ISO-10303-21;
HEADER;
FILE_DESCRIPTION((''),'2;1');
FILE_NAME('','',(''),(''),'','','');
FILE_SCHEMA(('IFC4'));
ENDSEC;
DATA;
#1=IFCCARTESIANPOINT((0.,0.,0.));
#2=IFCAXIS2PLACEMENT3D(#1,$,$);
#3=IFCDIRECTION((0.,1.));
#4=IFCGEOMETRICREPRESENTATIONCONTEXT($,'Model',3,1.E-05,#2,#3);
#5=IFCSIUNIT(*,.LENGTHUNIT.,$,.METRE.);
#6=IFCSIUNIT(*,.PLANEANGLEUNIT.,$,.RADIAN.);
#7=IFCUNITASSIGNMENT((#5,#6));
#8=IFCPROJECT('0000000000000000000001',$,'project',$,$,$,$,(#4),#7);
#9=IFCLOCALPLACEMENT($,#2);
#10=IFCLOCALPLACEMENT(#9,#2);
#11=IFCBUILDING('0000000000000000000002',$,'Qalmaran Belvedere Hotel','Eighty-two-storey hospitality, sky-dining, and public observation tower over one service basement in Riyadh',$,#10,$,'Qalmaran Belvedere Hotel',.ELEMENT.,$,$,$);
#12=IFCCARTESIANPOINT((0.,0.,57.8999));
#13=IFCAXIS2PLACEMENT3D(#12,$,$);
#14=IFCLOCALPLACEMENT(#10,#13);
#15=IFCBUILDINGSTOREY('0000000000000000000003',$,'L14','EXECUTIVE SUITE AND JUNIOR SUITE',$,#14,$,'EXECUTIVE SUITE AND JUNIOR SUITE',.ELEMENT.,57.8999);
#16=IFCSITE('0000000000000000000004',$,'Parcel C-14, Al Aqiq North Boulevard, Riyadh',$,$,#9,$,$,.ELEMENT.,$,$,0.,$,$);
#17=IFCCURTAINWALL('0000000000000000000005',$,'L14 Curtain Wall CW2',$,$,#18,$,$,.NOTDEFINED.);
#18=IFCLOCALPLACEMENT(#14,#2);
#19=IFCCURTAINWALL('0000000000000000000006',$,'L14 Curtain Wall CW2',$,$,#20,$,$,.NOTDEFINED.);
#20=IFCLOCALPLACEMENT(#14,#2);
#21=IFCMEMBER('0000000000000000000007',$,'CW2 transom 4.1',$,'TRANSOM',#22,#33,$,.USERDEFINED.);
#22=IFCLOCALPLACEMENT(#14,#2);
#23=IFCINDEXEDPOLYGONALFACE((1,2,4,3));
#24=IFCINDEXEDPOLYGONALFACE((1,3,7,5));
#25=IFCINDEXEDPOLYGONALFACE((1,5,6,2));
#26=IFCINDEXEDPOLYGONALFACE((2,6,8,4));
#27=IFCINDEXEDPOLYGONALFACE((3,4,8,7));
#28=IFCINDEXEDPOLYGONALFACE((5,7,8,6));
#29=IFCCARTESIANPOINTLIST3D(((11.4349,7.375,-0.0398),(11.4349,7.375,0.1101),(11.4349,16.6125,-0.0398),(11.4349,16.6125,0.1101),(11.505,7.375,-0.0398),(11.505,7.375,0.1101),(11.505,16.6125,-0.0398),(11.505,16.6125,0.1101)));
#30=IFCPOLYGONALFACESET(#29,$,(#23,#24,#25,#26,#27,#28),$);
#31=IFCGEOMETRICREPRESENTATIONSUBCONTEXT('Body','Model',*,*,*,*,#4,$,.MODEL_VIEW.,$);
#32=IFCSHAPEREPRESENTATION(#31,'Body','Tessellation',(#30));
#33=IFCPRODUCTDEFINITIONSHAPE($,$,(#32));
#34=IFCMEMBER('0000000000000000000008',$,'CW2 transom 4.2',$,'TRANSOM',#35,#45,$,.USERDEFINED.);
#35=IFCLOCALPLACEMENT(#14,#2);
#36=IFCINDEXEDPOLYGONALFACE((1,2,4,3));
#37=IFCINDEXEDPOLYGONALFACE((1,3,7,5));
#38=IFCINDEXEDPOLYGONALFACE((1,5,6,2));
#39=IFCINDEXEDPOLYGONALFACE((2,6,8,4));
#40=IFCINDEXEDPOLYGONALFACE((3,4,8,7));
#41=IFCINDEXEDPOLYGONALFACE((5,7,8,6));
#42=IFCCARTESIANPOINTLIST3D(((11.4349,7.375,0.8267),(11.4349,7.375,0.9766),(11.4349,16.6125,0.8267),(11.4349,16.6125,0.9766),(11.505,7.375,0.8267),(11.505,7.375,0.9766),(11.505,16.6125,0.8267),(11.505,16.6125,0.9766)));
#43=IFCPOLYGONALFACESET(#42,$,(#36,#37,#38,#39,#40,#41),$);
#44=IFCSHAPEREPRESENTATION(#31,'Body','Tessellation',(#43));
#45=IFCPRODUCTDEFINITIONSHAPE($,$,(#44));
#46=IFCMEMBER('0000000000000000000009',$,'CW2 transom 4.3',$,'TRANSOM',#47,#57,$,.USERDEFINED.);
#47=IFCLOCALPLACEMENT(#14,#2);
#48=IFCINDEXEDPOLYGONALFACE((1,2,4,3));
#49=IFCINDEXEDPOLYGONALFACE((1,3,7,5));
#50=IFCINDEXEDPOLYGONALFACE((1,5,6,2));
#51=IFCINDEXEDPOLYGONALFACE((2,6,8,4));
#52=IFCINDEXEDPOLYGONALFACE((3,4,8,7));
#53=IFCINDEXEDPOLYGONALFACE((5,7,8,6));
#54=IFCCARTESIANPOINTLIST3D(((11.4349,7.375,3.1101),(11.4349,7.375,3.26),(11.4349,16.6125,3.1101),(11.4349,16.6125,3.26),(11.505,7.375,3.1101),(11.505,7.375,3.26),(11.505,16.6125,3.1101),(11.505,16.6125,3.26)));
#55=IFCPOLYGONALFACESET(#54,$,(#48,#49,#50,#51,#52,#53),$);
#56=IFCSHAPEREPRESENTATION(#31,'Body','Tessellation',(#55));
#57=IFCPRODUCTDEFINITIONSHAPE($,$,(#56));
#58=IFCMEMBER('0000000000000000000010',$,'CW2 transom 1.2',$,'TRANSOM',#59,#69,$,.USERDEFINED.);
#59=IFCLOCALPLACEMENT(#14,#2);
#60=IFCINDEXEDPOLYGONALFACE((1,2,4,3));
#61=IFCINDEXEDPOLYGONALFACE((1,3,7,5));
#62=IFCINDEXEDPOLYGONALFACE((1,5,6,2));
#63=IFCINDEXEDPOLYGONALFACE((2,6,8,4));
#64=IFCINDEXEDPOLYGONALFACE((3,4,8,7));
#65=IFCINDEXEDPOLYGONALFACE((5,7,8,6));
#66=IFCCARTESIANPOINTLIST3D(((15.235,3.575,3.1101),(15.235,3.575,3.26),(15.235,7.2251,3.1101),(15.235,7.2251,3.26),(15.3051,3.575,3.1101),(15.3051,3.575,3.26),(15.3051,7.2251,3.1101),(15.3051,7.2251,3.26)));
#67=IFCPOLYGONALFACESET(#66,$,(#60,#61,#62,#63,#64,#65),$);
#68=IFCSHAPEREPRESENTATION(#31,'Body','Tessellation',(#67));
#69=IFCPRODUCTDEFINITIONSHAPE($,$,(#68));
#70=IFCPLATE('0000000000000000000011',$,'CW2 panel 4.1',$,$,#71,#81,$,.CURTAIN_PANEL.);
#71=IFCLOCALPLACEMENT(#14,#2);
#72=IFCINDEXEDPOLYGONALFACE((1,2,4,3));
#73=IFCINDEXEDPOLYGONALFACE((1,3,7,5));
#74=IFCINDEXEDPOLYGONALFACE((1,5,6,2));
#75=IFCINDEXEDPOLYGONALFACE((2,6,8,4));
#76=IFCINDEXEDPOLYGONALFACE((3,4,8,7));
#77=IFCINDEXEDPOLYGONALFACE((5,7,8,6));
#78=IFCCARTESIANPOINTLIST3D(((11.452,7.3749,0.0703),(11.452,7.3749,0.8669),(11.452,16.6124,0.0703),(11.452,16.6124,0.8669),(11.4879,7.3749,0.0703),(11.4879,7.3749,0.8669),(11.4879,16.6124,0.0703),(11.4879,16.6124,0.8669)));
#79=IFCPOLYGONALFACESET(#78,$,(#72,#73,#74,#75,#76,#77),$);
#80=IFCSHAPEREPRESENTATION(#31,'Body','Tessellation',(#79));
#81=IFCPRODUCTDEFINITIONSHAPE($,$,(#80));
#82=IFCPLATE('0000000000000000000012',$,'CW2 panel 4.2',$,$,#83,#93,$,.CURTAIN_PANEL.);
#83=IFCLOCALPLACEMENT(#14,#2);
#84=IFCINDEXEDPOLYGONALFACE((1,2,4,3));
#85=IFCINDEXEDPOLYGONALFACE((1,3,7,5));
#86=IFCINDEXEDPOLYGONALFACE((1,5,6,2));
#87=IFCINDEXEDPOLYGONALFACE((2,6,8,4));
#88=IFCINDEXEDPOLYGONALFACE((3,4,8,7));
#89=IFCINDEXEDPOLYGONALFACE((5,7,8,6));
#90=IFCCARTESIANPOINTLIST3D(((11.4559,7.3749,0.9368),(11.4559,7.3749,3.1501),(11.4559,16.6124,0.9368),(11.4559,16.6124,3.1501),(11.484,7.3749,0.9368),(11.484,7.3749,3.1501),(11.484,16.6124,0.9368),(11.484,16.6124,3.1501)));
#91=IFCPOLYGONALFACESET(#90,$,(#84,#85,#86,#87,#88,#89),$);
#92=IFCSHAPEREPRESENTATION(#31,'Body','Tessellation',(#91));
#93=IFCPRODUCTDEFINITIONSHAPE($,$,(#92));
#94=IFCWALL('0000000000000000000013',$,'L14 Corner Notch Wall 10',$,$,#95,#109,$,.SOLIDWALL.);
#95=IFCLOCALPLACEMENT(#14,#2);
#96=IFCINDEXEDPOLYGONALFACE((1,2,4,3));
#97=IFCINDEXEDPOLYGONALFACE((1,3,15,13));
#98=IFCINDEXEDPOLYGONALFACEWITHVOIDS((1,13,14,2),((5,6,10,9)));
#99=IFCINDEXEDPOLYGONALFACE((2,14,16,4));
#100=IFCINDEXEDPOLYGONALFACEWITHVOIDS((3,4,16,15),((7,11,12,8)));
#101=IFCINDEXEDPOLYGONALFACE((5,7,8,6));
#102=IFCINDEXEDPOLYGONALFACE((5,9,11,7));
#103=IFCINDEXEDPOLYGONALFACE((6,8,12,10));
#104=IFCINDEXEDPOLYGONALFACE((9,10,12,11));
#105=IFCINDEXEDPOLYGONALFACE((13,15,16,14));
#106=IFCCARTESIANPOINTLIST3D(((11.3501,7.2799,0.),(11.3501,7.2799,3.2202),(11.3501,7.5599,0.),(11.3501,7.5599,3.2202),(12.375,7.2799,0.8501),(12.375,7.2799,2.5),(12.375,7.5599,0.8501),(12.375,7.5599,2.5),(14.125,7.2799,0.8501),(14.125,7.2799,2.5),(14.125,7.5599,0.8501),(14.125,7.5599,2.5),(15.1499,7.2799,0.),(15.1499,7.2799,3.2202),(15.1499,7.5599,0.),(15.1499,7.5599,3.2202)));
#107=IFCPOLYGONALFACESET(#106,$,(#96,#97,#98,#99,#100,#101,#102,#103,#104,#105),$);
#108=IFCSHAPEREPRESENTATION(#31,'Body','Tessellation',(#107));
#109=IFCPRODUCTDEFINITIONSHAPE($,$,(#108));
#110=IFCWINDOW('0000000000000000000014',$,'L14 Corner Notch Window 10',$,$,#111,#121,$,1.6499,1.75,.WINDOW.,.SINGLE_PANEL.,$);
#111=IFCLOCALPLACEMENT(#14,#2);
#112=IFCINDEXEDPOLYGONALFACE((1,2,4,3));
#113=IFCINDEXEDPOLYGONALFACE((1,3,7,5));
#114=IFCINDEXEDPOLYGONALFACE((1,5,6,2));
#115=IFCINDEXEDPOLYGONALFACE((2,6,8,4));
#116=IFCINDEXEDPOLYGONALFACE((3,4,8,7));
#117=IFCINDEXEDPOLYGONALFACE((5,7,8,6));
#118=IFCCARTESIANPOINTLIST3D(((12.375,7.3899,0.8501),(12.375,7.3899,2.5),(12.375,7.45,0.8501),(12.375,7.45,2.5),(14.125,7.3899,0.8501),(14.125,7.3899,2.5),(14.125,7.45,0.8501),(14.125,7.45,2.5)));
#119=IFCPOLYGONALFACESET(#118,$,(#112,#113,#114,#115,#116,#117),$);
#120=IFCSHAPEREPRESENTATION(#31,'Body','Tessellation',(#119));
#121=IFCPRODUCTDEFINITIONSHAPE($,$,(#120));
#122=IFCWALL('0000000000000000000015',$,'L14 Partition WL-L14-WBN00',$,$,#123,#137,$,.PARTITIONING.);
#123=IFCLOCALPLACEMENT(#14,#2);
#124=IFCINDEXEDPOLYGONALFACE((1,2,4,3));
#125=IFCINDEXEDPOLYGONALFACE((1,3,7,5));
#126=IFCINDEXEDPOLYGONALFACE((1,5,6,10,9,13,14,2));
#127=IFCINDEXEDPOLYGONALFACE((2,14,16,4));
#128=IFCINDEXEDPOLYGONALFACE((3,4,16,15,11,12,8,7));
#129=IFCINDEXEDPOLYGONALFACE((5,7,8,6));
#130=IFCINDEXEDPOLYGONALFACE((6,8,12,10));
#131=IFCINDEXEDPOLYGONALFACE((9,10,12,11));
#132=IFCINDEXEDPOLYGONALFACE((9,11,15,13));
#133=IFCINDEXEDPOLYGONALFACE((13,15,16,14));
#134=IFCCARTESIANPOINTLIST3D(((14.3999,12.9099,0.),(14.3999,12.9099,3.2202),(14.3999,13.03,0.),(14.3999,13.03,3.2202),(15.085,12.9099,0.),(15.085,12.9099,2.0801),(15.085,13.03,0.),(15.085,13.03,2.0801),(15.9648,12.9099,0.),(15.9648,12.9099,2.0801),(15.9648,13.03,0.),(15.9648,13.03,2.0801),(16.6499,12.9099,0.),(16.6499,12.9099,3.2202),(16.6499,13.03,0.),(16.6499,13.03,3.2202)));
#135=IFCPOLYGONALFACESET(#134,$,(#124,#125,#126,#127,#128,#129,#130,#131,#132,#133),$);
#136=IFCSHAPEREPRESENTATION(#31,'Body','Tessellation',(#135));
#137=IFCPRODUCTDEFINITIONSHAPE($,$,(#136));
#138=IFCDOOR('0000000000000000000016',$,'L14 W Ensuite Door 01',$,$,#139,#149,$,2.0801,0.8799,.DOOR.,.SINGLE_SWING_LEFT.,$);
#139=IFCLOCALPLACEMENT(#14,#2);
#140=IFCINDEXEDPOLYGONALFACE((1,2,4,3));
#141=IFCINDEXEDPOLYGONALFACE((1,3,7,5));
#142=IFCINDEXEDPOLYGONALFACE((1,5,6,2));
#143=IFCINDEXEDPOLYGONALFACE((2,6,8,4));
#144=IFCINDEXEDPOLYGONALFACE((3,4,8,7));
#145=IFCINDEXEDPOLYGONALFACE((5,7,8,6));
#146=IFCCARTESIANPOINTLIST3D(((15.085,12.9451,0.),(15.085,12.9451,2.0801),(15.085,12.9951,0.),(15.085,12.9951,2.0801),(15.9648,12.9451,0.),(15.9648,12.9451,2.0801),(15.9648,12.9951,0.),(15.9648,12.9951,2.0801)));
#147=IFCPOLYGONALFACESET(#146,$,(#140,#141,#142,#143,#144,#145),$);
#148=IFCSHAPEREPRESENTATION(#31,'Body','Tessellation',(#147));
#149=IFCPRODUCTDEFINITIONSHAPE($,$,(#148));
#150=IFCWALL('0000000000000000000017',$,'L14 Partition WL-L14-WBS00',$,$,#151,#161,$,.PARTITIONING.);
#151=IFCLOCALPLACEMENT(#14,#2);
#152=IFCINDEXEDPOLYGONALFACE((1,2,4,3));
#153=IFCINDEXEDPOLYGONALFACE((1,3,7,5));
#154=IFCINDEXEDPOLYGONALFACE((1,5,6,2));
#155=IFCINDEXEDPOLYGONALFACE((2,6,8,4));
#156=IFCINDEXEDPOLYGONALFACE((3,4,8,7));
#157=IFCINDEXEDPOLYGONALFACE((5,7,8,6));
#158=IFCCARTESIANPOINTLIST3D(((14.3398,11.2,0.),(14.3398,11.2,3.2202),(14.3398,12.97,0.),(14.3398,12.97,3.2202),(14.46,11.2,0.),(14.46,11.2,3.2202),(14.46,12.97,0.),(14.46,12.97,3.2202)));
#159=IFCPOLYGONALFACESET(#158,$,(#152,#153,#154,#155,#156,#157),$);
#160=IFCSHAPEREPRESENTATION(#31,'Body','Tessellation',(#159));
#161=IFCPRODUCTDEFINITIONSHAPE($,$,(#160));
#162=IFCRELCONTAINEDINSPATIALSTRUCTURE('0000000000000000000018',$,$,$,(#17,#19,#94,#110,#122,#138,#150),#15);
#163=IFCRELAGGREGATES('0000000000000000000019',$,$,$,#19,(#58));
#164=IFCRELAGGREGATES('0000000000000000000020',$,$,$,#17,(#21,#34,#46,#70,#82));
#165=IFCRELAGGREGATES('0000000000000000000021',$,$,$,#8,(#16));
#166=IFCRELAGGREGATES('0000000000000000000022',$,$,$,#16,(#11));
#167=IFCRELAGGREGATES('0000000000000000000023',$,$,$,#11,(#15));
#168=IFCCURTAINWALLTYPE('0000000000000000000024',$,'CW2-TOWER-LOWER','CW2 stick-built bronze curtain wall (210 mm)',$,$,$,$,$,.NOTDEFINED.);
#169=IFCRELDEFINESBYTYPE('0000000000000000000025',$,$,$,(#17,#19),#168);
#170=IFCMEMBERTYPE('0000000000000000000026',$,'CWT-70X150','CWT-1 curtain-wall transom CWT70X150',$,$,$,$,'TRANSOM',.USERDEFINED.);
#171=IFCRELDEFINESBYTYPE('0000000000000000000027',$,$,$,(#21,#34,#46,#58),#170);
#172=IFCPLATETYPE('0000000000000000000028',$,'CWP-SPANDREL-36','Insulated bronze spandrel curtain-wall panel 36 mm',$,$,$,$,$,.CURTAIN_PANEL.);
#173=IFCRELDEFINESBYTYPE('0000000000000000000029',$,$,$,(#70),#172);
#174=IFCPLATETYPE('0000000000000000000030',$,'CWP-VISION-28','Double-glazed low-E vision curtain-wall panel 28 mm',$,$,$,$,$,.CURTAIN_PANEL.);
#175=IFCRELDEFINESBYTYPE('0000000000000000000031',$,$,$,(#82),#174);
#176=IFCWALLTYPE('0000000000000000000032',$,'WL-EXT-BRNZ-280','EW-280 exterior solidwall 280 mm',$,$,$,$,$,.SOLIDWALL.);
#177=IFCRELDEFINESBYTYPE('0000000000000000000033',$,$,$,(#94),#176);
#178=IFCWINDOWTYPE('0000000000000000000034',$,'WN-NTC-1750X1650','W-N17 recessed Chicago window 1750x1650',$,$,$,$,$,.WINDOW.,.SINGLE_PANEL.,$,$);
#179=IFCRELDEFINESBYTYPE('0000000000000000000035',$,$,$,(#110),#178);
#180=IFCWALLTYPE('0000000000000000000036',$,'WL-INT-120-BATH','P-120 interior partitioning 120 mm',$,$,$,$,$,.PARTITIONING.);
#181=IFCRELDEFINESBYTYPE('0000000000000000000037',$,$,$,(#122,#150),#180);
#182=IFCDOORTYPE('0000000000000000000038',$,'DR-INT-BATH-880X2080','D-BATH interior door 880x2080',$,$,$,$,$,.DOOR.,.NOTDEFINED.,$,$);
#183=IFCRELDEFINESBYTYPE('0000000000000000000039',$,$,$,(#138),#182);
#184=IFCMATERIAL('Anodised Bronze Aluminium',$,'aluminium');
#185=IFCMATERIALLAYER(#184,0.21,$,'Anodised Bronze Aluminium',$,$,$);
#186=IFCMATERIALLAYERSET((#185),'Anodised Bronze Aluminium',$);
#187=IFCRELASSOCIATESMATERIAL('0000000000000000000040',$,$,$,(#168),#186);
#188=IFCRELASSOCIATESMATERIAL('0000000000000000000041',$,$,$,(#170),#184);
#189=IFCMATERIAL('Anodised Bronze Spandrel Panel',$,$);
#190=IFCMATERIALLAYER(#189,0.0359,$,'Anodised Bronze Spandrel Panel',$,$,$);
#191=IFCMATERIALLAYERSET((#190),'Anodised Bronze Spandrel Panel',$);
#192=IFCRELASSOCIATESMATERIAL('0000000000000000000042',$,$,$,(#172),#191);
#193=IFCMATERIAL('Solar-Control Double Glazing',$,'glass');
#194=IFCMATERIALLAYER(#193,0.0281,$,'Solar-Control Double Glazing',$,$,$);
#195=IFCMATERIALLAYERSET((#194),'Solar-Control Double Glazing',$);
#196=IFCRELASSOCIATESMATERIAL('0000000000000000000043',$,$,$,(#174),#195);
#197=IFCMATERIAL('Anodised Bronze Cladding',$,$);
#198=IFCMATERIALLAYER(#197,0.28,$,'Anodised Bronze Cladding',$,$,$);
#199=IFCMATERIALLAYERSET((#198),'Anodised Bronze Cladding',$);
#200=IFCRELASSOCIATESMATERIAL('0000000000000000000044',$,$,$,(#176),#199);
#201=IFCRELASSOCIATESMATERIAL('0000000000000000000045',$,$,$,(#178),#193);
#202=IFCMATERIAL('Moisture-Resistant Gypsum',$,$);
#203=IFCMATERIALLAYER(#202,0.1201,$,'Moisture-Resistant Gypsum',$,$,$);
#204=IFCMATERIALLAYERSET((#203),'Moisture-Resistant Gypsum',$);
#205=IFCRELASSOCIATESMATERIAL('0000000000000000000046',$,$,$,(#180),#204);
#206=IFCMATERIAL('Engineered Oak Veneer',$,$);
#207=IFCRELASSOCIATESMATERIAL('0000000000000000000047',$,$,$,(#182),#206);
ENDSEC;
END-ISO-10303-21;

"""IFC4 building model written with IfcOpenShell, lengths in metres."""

from ifc_helpers import new_model, si_unit, direction, frame, frame_2d, origin, origin_2d, place, context, subcontext, project, spatial, rectangle, extrude, material, layer, layer_set, material_profile, profile_set, type_object, element, fill, aggregate, save


model = new_model("IFC4")

# Units and contexts
model_context = context("Model", 3, precision=1e-05, world=origin(), true_north=direction((0.0, 1.0)))
body_context = subcontext(model_context, "Body", "Model", "MODEL_VIEW")
ifc_project = project(units=[si_unit("LENGTHUNIT", "METRE"), si_unit("PLANEANGLEUNIT", "RADIAN")], contexts=[model_context])

# Site, building, storey
site_placement = place(None, origin())
site = spatial("IfcSite", under=ifc_project, at=site_placement, Name="Parcel C-14, Al Aqiq North Boulevard, Riyadh", CompositionType="ELEMENT", RefElevation=0.0)
building_placement = place(site_placement, origin())
building = spatial("IfcBuilding", under=site, at=building_placement, Name="Qalmaran Belvedere Hotel", Description="Eighty-two-storey hospitality, sky-dining, and public observation tower over one service basement in Riyadh", LongName="Qalmaran Belvedere Hotel", CompositionType="ELEMENT")
storey_placement = place(building_placement, frame((0.0, 0.0, 57.8999)))
storey = spatial("IfcBuildingStorey", under=building, at=storey_placement, Name="L14", Description="EXECUTIVE SUITE AND JUNIOR SUITE", LongName="EXECUTIVE SUITE AND JUNIOR SUITE", CompositionType="ELEMENT", Elevation=57.8999)

# Curtain wall
ifc_material_1 = material(Name="Anodised Bronze Aluminium", Category="aluminium")
ifc_layer_1 = layer(ifc_material_1, 0.21, Name="Anodised Bronze Aluminium")
ifc_layer_set_1 = layer_set([ifc_layer_1], Name="Anodised Bronze Aluminium")
curtain_wall_type = type_object("IfcCurtainWallType", Name="CW2-TOWER-LOWER", Description="CW2 stick-built bronze curtain wall (210 mm)", PredefinedType="NOTDEFINED", material=ifc_layer_set_1)
curtain_wall_1_placement = place(storey_placement, origin())
curtain_wall_1 = element("IfcCurtainWall", 1, at=curtain_wall_1_placement, inside=storey, type_object=curtain_wall_type, Name="L14 Curtain Wall CW2", PredefinedType="NOTDEFINED")

# Curtain wall
curtain_wall_2_placement = place(storey_placement, origin())
curtain_wall_2 = element("IfcCurtainWall", 2, at=curtain_wall_2_placement, inside=storey, type_object=curtain_wall_type, Name="L14 Curtain Wall CW2", PredefinedType="NOTDEFINED")

# Members
ifc_material_profile_1 = material_profile(ifc_material_1, rectangle(XDim=0.0701, YDim=0.1499, at=origin_2d()), Name="CWT70X150")
ifc_profile_set_1 = profile_set([ifc_material_profile_1], Name="Anodised Bronze Aluminium")
member_type_1 = type_object("IfcMemberType", Name="CWT-70X150", Description="CWT-1 curtain-wall transom CWT70X150", ElementType="TRANSOM", PredefinedType="USERDEFINED", material=ifc_profile_set_1)
member_1_placement = place(storey_placement, frame((11.47, 16.6125, 0.0352), z_axis=(0.0, -1.0, 0.0), x_axis=(1.0, 0.0, 0.0)))
member_1 = element("IfcMember", 3, at=member_1_placement, type_object=member_type_1, Name="CW2 transom 4.1", ObjectType="TRANSOM", PredefinedType="USERDEFINED", context=body_context, shape_type="SweptSolid", body=[
    extrude(rectangle(XDim=0.0701, YDim=0.1499, at=origin_2d()), origin(), (0.0, 0.0, 1.0), 9.2375),
])
member_2_placement = place(storey_placement, frame((11.47, 16.6125, 0.9016), z_axis=(0.0, -1.0, 0.0), x_axis=(1.0, 0.0, 0.0)))
member_2 = element("IfcMember", 4, at=member_2_placement, type_object=member_type_1, Name="CW2 transom 4.2", ObjectType="TRANSOM", PredefinedType="USERDEFINED", context=body_context, shape_type="SweptSolid", body=[
    extrude(rectangle(XDim=0.0701, YDim=0.1499, at=origin_2d()), origin(), (0.0, 0.0, 1.0), 9.2375),
])
member_3_placement = place(storey_placement, frame((11.47, 16.6125, 3.1851), z_axis=(0.0, -1.0, 0.0), x_axis=(1.0, 0.0, 0.0)))
member_3 = element("IfcMember", 5, at=member_3_placement, type_object=member_type_1, Name="CW2 transom 4.3", ObjectType="TRANSOM", PredefinedType="USERDEFINED", context=body_context, shape_type="SweptSolid", body=[
    extrude(rectangle(XDim=0.0701, YDim=0.1499, at=origin_2d()), origin(), (0.0, 0.0, 1.0), 9.2375),
])
member_4_placement = place(storey_placement, frame((15.27, 7.2251, 3.1851), z_axis=(0.0, -1.0, 0.0), x_axis=(1.0, 0.0, 0.0)))
member_4 = element("IfcMember", 6, at=member_4_placement, type_object=member_type_1, Name="CW2 transom 1.2", ObjectType="TRANSOM", PredefinedType="USERDEFINED", context=body_context, shape_type="SweptSolid", body=[
    extrude(rectangle(XDim=0.0701, YDim=0.1499, at=origin_2d()), origin(), (0.0, 0.0, 1.0), 3.6501),
])
aggregate(curtain_wall_2, [member_4])

# Plates
ifc_material_2 = material(Name="Anodised Bronze Spandrel Panel")
ifc_layer_2 = layer(ifc_material_2, 0.0359, Name="Anodised Bronze Spandrel Panel")
ifc_layer_set_2 = layer_set([ifc_layer_2], Name="Anodised Bronze Spandrel Panel")
plate_type_1 = type_object("IfcPlateType", Name="CWP-SPANDREL-36", Description="Insulated bronze spandrel curtain-wall panel 36 mm", PredefinedType="CURTAIN_PANEL", material=ifc_layer_set_2)
plate_1_placement = place(storey_placement, frame((11.47, 11.9937, 0.0703), z_axis=(0.0, 0.0, 1.0), x_axis=(0.0, -1.0, 0.0)))
plate_1 = element("IfcPlate", 7, at=plate_1_placement, type_object=plate_type_1, Name="CW2 panel 4.1", PredefinedType="CURTAIN_PANEL", context=body_context, shape_type="SweptSolid", body=[
    extrude(rectangle(XDim=9.2375, YDim=0.0359, at=origin_2d()), origin(), (0.0, 0.0, 1.0), 0.7966),
])
ifc_material_3 = material(Name="Solar-Control Double Glazing", Category="glass")
ifc_layer_3 = layer(ifc_material_3, 0.0281, Name="Solar-Control Double Glazing")
ifc_layer_set_3 = layer_set([ifc_layer_3], Name="Solar-Control Double Glazing")
plate_type_2 = type_object("IfcPlateType", Name="CWP-VISION-28", Description="Double-glazed low-E vision curtain-wall panel 28 mm", PredefinedType="CURTAIN_PANEL", material=ifc_layer_set_3)
plate_2_placement = place(storey_placement, frame((11.47, 11.9937, 0.9368), z_axis=(0.0, 0.0, 1.0), x_axis=(0.0, -1.0, 0.0)))
plate_2 = element("IfcPlate", 8, at=plate_2_placement, type_object=plate_type_2, Name="CW2 panel 4.2", PredefinedType="CURTAIN_PANEL", context=body_context, shape_type="SweptSolid", body=[
    extrude(rectangle(XDim=9.2375, YDim=0.0281, at=origin_2d()), origin(), (0.0, 0.0, 1.0), 2.2134),
])
aggregate(curtain_wall_1, [member_1, member_2, member_3, plate_1, plate_2])

# Wall, opening, window
ifc_material_4 = material(Name="Anodised Bronze Cladding")
ifc_layer_4 = layer(ifc_material_4, 0.28, Name="Anodised Bronze Cladding")
ifc_layer_set_4 = layer_set([ifc_layer_4], Name="Anodised Bronze Cladding")
wall_type_1 = type_object("IfcWallType", Name="WL-EXT-BRNZ-280", Description="EW-280 exterior solidwall 280 mm", PredefinedType="SOLIDWALL", material=ifc_layer_set_4)
wall_1_placement = place(storey_placement, frame((11.3501, 7.4199, 0.0), z_axis=(0.0, 0.0, 1.0), x_axis=(1.0, 0.0, 0.0)))
wall_1 = element("IfcWall", 9, at=wall_1_placement, inside=storey, type_object=wall_type_1, Name="L14 Corner Notch Wall 10", PredefinedType="SOLIDWALL", context=body_context, shape_type="SweptSolid", body=[
    extrude(rectangle(XDim=3.7998, YDim=0.28, at=frame_2d((1.8999, 0.0))), origin(), (0.0, 0.0, 1.0), 3.2202),
])
opening_1_placement = place(wall_1_placement, frame((1.0249, 0.0, 0.8501)))
opening_1 = element("IfcOpeningElement", 10, at=opening_1_placement, cuts=wall_1, PredefinedType="OPENING", context=body_context, shape_type="SweptSolid", body=[
    extrude(rectangle(XDim=1.75, YDim=1.6499, at=frame_2d((0.875, 0.825))), frame((0.0, 0.1499, 0.0), z_axis=(0.0, -1.0, 0.0), x_axis=(1.0, 0.0, 0.0)), (0.0, 0.0, 1.0), 0.3),
])
window_type = type_object("IfcWindowType", Name="WN-NTC-1750X1650", Description="W-N17 recessed Chicago window 1750x1650", PartitioningType="SINGLE_PANEL", PredefinedType="WINDOW", material=ifc_material_3)
window_placement = place(opening_1_placement, origin())
window = element("IfcWindow", 11, at=window_placement, inside=storey, type_object=window_type, Name="L14 Corner Notch Window 10", OverallHeight=1.6499, OverallWidth=1.75, PartitioningType="SINGLE_PANEL", PredefinedType="WINDOW", context=body_context, shape_type="SweptSolid", body=[
    extrude(rectangle(XDim=1.75, YDim=1.6499, at=frame_2d((0.875, 0.825))), frame((0.0, 0.03, 0.0), z_axis=(0.0, -1.0, 0.0), x_axis=(1.0, 0.0, 0.0)), (0.0, 0.0, 1.0), 0.0601),
])
fill(opening_1, window)

# Wall, opening, door
ifc_material_5 = material(Name="Moisture-Resistant Gypsum")
ifc_layer_5 = layer(ifc_material_5, 0.1201, Name="Moisture-Resistant Gypsum")
ifc_layer_set_5 = layer_set([ifc_layer_5], Name="Moisture-Resistant Gypsum")
wall_type_2 = type_object("IfcWallType", Name="WL-INT-120-BATH", Description="P-120 interior partitioning 120 mm", PredefinedType="PARTITIONING", material=ifc_layer_set_5)
wall_2_placement = place(storey_placement, frame((14.3999, 12.97, 0.0), z_axis=(0.0, 0.0, 1.0), x_axis=(1.0, 0.0, 0.0)))
wall_2 = element("IfcWall", 12, at=wall_2_placement, inside=storey, type_object=wall_type_2, Name="L14 Partition WL-L14-WBN00", PredefinedType="PARTITIONING", context=body_context, shape_type="SweptSolid", body=[
    extrude(rectangle(XDim=2.25, YDim=0.1201, at=frame_2d((1.125, 0.0))), origin(), (0.0, 0.0, 1.0), 3.2202),
])
opening_2_placement = place(wall_2_placement, frame((1.5649, 0.0, 0.0), z_axis=(0.0, 0.0, 1.0), x_axis=(-1.0, 0.0, 0.0)))
opening_2 = element("IfcOpeningElement", 13, at=opening_2_placement, cuts=wall_2, PredefinedType="OPENING", context=body_context, shape_type="SweptSolid", body=[
    extrude(rectangle(XDim=0.8799, YDim=2.0801, at=frame_2d((0.4399, 1.04))), frame((0.0, 0.0701, 0.0), z_axis=(0.0, -1.0, 0.0), x_axis=(1.0, 0.0, 0.0)), (0.0, 0.0, 1.0), 0.1401),
])
ifc_material_6 = material(Name="Engineered Oak Veneer")
door_type_1 = type_object("IfcDoorType", Name="DR-INT-BATH-880X2080", Description="D-BATH interior door 880x2080", OperationType="NOTDEFINED", PredefinedType="DOOR", material=ifc_material_6)
door_1_placement = place(opening_2_placement, origin())
door_1 = element("IfcDoor", 14, at=door_1_placement, inside=storey, type_object=door_type_1, Name="L14 W Ensuite Door 01", OperationType="SINGLE_SWING_LEFT", OverallHeight=2.0801, OverallWidth=0.8799, PredefinedType="DOOR", context=body_context, shape_type="SweptSolid", body=[
    extrude(rectangle(XDim=0.8799, YDim=2.0801, at=frame_2d((0.4399, 1.04))), frame((0.0, 0.0249, 0.0), z_axis=(0.0, -1.0, 0.0), x_axis=(1.0, 0.0, 0.0)), (0.0, 0.0, 1.0), 0.05),
])
fill(opening_2, door_1)

# Wall
wall_3_placement = place(storey_placement, frame((14.3999, 11.2, 0.0), z_axis=(0.0, 0.0, 1.0), x_axis=(0.0, 1.0, 0.0)))
element("IfcWall", 15, at=wall_3_placement, inside=storey, type_object=wall_type_2, Name="L14 Partition WL-L14-WBS00", PredefinedType="PARTITIONING", context=body_context, shape_type="SweptSolid", body=[
    extrude(rectangle(XDim=1.77, YDim=0.1201, at=frame_2d((0.885, 0.0))), origin(), (0.0, 0.0, 1.0), 3.2202),
])

save(model, "model.ifc")
